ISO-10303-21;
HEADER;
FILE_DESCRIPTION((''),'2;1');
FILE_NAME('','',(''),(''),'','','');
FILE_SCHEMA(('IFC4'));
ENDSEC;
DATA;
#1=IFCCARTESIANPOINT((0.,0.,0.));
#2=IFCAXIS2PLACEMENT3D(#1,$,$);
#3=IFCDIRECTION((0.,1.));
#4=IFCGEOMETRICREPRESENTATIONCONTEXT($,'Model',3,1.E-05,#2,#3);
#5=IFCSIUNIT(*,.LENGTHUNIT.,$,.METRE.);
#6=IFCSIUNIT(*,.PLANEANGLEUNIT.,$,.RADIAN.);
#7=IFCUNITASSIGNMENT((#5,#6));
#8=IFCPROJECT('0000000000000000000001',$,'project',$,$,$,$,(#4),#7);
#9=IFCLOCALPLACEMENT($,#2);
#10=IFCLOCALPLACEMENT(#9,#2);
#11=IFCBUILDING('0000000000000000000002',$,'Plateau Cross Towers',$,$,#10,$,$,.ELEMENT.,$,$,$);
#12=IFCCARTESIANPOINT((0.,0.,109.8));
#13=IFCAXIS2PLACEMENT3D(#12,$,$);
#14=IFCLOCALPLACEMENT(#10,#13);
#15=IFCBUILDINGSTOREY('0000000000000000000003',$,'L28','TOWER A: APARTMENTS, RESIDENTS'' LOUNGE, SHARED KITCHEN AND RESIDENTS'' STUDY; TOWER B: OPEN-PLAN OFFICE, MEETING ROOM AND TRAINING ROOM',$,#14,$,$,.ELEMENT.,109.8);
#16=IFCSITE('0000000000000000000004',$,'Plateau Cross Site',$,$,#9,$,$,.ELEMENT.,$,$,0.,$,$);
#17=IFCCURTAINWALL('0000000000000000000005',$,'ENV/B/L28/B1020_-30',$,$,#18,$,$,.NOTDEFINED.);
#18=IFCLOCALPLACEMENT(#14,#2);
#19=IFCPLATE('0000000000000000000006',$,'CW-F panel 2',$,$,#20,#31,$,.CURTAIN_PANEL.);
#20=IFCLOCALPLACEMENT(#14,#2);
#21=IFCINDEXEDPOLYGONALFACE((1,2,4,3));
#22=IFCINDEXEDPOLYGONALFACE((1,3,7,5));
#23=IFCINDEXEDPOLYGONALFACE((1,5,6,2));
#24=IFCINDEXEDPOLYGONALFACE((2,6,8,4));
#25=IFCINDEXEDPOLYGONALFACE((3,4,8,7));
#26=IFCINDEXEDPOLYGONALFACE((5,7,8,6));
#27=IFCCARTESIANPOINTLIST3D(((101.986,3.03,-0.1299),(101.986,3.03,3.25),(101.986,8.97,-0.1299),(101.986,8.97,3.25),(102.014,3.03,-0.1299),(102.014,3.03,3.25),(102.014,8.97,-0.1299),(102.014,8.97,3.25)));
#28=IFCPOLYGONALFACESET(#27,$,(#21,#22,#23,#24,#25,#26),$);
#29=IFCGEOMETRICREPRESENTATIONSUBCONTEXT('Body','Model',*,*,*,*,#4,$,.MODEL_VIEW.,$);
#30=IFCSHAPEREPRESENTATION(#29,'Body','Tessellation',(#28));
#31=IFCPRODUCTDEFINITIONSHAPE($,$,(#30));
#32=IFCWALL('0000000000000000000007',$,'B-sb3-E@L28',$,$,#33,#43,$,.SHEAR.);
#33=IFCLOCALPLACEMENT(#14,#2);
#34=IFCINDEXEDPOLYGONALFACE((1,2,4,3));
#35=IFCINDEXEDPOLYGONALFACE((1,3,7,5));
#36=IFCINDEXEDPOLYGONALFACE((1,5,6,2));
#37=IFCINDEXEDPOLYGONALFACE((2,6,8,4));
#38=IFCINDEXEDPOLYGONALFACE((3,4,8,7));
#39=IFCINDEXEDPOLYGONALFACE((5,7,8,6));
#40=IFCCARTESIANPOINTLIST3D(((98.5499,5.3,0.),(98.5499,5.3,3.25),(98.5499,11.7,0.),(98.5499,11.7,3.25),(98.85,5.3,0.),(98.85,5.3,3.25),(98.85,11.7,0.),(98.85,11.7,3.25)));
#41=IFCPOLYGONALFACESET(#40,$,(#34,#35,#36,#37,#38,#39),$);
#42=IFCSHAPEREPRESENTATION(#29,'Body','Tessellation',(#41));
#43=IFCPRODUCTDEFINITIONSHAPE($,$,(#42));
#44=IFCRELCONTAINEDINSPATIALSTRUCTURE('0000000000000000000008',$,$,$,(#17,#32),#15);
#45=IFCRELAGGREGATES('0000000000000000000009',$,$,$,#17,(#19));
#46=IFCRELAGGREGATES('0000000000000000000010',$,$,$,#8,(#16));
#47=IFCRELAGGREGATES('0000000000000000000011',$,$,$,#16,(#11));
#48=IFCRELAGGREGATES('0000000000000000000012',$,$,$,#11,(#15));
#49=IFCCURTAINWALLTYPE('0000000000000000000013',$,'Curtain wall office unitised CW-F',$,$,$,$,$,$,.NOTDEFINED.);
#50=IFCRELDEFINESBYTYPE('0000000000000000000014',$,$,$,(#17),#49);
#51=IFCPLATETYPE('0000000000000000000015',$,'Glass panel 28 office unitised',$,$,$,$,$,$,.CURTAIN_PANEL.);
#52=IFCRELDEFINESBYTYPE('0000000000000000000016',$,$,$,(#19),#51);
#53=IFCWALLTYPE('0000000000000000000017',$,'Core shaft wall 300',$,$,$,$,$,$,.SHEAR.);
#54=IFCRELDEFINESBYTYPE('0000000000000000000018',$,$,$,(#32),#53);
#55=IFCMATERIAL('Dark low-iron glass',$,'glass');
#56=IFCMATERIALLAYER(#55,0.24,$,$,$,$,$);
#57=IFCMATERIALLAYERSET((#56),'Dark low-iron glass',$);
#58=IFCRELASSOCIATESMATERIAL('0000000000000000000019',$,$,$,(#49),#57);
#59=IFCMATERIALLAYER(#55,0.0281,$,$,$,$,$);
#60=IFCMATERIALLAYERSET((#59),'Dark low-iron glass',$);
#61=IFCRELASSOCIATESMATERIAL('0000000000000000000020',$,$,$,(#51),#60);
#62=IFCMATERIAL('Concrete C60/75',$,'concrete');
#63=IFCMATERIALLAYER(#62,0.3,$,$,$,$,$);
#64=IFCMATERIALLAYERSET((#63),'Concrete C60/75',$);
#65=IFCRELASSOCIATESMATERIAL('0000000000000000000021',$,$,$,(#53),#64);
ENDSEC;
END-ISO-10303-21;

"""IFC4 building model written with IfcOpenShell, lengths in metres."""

from ifc_helpers import new_model, si_unit, direction, frame, frame_2d, origin, origin_2d, place, context, subcontext, project, spatial, rectangle, extrude, material, layer, layer_set, type_object, element, aggregate, save


model = new_model("IFC4")

# Units and contexts
model_context = context("Model", 3, precision=1e-05, world=origin(), true_north=direction((0.0, 1.0)))
body_context = subcontext(model_context, "Body", "Model", "MODEL_VIEW")
ifc_project = project(units=[si_unit("LENGTHUNIT", "METRE"), si_unit("PLANEANGLEUNIT", "RADIAN")], contexts=[model_context])

# Site, building, storey
site_placement = place(None, origin())
site = spatial("IfcSite", under=ifc_project, at=site_placement, Name="Plateau Cross Site", CompositionType="ELEMENT", RefElevation=0.0)
building_placement = place(site_placement, origin())
building = spatial("IfcBuilding", under=site, at=building_placement, Name="Plateau Cross Towers", CompositionType="ELEMENT")
storey_placement = place(building_placement, frame((0.0, 0.0, 109.8)))
storey = spatial("IfcBuildingStorey", under=building, at=storey_placement, Name="L28", Description="TOWER A: APARTMENTS, RESIDENTS' LOUNGE, SHARED KITCHEN AND RESIDENTS' STUDY; TOWER B: OPEN-PLAN OFFICE, MEETING ROOM AND TRAINING ROOM", CompositionType="ELEMENT", Elevation=109.8)

# Shared definitions
ifc_material_1 = material(Name="Concrete C60/75", Category="concrete")

# Shared definitions
ifc_material_2 = material(Name="Dark low-iron glass", Category="glass")
ifc_layer_1 = layer(ifc_material_2, 0.24)
ifc_layer_set_1 = layer_set([ifc_layer_1], Name="Dark low-iron glass")
curtain_wall_type = type_object("IfcCurtainWallType", Name="Curtain wall office unitised CW-F", PredefinedType="NOTDEFINED", material=ifc_layer_set_1)

# Curtain wall
curtain_wall_1_placement = place(storey_placement, origin())
curtain_wall_1 = element("IfcCurtainWall", 1, at=curtain_wall_1_placement, inside=storey, type_object=curtain_wall_type, Name="ENV/B/L28/B1020_-30", PredefinedType="NOTDEFINED")

# Plate
ifc_layer_2 = layer(ifc_material_2, 0.0281)
ifc_layer_set_2 = layer_set([ifc_layer_2], Name="Dark low-iron glass")
plate_type = type_object("IfcPlateType", Name="Glass panel 28 office unitised", PredefinedType="CURTAIN_PANEL", material=ifc_layer_set_2)
plate_1_placement = place(storey_placement, frame((102.0, 6.0, -0.1299), z_axis=(0.0, 0.0, 1.0), x_axis=(0.0, 1.0, 0.0)))
plate_1 = element("IfcPlate", 2, at=plate_1_placement, type_object=plate_type, Name="CW-F panel 2", PredefinedType="CURTAIN_PANEL", context=body_context, shape_type="SweptSolid", body=[
    extrude(rectangle(XDim=5.9399, YDim=0.0281, at=origin_2d()), origin(), (0.0, 0.0, 1.0), 3.3799),
])
aggregate(curtain_wall_1, [plate_1])

# Wall
ifc_layer_3 = layer(ifc_material_1, 0.3)
ifc_layer_set_3 = layer_set([ifc_layer_3], Name="Concrete C60/75")
wall_type = type_object("IfcWallType", Name="Core shaft wall 300", PredefinedType="SHEAR", material=ifc_layer_set_3)
wall_placement = place(storey_placement, frame((98.7, 5.3, 0.0), z_axis=(0.0, 0.0, 1.0), x_axis=(0.0, 1.0, 0.0)))
element("IfcWall", 3, at=wall_placement, inside=storey, type_object=wall_type, Name="B-sb3-E@L28", PredefinedType="SHEAR", context=body_context, shape_type="SweptSolid", body=[
    extrude(rectangle(XDim=6.3999, YDim=0.3, at=frame_2d((3.2, 0.0))), origin(), (0.0, 0.0, 1.0), 3.25),
])

save(model, "model.ifc")
